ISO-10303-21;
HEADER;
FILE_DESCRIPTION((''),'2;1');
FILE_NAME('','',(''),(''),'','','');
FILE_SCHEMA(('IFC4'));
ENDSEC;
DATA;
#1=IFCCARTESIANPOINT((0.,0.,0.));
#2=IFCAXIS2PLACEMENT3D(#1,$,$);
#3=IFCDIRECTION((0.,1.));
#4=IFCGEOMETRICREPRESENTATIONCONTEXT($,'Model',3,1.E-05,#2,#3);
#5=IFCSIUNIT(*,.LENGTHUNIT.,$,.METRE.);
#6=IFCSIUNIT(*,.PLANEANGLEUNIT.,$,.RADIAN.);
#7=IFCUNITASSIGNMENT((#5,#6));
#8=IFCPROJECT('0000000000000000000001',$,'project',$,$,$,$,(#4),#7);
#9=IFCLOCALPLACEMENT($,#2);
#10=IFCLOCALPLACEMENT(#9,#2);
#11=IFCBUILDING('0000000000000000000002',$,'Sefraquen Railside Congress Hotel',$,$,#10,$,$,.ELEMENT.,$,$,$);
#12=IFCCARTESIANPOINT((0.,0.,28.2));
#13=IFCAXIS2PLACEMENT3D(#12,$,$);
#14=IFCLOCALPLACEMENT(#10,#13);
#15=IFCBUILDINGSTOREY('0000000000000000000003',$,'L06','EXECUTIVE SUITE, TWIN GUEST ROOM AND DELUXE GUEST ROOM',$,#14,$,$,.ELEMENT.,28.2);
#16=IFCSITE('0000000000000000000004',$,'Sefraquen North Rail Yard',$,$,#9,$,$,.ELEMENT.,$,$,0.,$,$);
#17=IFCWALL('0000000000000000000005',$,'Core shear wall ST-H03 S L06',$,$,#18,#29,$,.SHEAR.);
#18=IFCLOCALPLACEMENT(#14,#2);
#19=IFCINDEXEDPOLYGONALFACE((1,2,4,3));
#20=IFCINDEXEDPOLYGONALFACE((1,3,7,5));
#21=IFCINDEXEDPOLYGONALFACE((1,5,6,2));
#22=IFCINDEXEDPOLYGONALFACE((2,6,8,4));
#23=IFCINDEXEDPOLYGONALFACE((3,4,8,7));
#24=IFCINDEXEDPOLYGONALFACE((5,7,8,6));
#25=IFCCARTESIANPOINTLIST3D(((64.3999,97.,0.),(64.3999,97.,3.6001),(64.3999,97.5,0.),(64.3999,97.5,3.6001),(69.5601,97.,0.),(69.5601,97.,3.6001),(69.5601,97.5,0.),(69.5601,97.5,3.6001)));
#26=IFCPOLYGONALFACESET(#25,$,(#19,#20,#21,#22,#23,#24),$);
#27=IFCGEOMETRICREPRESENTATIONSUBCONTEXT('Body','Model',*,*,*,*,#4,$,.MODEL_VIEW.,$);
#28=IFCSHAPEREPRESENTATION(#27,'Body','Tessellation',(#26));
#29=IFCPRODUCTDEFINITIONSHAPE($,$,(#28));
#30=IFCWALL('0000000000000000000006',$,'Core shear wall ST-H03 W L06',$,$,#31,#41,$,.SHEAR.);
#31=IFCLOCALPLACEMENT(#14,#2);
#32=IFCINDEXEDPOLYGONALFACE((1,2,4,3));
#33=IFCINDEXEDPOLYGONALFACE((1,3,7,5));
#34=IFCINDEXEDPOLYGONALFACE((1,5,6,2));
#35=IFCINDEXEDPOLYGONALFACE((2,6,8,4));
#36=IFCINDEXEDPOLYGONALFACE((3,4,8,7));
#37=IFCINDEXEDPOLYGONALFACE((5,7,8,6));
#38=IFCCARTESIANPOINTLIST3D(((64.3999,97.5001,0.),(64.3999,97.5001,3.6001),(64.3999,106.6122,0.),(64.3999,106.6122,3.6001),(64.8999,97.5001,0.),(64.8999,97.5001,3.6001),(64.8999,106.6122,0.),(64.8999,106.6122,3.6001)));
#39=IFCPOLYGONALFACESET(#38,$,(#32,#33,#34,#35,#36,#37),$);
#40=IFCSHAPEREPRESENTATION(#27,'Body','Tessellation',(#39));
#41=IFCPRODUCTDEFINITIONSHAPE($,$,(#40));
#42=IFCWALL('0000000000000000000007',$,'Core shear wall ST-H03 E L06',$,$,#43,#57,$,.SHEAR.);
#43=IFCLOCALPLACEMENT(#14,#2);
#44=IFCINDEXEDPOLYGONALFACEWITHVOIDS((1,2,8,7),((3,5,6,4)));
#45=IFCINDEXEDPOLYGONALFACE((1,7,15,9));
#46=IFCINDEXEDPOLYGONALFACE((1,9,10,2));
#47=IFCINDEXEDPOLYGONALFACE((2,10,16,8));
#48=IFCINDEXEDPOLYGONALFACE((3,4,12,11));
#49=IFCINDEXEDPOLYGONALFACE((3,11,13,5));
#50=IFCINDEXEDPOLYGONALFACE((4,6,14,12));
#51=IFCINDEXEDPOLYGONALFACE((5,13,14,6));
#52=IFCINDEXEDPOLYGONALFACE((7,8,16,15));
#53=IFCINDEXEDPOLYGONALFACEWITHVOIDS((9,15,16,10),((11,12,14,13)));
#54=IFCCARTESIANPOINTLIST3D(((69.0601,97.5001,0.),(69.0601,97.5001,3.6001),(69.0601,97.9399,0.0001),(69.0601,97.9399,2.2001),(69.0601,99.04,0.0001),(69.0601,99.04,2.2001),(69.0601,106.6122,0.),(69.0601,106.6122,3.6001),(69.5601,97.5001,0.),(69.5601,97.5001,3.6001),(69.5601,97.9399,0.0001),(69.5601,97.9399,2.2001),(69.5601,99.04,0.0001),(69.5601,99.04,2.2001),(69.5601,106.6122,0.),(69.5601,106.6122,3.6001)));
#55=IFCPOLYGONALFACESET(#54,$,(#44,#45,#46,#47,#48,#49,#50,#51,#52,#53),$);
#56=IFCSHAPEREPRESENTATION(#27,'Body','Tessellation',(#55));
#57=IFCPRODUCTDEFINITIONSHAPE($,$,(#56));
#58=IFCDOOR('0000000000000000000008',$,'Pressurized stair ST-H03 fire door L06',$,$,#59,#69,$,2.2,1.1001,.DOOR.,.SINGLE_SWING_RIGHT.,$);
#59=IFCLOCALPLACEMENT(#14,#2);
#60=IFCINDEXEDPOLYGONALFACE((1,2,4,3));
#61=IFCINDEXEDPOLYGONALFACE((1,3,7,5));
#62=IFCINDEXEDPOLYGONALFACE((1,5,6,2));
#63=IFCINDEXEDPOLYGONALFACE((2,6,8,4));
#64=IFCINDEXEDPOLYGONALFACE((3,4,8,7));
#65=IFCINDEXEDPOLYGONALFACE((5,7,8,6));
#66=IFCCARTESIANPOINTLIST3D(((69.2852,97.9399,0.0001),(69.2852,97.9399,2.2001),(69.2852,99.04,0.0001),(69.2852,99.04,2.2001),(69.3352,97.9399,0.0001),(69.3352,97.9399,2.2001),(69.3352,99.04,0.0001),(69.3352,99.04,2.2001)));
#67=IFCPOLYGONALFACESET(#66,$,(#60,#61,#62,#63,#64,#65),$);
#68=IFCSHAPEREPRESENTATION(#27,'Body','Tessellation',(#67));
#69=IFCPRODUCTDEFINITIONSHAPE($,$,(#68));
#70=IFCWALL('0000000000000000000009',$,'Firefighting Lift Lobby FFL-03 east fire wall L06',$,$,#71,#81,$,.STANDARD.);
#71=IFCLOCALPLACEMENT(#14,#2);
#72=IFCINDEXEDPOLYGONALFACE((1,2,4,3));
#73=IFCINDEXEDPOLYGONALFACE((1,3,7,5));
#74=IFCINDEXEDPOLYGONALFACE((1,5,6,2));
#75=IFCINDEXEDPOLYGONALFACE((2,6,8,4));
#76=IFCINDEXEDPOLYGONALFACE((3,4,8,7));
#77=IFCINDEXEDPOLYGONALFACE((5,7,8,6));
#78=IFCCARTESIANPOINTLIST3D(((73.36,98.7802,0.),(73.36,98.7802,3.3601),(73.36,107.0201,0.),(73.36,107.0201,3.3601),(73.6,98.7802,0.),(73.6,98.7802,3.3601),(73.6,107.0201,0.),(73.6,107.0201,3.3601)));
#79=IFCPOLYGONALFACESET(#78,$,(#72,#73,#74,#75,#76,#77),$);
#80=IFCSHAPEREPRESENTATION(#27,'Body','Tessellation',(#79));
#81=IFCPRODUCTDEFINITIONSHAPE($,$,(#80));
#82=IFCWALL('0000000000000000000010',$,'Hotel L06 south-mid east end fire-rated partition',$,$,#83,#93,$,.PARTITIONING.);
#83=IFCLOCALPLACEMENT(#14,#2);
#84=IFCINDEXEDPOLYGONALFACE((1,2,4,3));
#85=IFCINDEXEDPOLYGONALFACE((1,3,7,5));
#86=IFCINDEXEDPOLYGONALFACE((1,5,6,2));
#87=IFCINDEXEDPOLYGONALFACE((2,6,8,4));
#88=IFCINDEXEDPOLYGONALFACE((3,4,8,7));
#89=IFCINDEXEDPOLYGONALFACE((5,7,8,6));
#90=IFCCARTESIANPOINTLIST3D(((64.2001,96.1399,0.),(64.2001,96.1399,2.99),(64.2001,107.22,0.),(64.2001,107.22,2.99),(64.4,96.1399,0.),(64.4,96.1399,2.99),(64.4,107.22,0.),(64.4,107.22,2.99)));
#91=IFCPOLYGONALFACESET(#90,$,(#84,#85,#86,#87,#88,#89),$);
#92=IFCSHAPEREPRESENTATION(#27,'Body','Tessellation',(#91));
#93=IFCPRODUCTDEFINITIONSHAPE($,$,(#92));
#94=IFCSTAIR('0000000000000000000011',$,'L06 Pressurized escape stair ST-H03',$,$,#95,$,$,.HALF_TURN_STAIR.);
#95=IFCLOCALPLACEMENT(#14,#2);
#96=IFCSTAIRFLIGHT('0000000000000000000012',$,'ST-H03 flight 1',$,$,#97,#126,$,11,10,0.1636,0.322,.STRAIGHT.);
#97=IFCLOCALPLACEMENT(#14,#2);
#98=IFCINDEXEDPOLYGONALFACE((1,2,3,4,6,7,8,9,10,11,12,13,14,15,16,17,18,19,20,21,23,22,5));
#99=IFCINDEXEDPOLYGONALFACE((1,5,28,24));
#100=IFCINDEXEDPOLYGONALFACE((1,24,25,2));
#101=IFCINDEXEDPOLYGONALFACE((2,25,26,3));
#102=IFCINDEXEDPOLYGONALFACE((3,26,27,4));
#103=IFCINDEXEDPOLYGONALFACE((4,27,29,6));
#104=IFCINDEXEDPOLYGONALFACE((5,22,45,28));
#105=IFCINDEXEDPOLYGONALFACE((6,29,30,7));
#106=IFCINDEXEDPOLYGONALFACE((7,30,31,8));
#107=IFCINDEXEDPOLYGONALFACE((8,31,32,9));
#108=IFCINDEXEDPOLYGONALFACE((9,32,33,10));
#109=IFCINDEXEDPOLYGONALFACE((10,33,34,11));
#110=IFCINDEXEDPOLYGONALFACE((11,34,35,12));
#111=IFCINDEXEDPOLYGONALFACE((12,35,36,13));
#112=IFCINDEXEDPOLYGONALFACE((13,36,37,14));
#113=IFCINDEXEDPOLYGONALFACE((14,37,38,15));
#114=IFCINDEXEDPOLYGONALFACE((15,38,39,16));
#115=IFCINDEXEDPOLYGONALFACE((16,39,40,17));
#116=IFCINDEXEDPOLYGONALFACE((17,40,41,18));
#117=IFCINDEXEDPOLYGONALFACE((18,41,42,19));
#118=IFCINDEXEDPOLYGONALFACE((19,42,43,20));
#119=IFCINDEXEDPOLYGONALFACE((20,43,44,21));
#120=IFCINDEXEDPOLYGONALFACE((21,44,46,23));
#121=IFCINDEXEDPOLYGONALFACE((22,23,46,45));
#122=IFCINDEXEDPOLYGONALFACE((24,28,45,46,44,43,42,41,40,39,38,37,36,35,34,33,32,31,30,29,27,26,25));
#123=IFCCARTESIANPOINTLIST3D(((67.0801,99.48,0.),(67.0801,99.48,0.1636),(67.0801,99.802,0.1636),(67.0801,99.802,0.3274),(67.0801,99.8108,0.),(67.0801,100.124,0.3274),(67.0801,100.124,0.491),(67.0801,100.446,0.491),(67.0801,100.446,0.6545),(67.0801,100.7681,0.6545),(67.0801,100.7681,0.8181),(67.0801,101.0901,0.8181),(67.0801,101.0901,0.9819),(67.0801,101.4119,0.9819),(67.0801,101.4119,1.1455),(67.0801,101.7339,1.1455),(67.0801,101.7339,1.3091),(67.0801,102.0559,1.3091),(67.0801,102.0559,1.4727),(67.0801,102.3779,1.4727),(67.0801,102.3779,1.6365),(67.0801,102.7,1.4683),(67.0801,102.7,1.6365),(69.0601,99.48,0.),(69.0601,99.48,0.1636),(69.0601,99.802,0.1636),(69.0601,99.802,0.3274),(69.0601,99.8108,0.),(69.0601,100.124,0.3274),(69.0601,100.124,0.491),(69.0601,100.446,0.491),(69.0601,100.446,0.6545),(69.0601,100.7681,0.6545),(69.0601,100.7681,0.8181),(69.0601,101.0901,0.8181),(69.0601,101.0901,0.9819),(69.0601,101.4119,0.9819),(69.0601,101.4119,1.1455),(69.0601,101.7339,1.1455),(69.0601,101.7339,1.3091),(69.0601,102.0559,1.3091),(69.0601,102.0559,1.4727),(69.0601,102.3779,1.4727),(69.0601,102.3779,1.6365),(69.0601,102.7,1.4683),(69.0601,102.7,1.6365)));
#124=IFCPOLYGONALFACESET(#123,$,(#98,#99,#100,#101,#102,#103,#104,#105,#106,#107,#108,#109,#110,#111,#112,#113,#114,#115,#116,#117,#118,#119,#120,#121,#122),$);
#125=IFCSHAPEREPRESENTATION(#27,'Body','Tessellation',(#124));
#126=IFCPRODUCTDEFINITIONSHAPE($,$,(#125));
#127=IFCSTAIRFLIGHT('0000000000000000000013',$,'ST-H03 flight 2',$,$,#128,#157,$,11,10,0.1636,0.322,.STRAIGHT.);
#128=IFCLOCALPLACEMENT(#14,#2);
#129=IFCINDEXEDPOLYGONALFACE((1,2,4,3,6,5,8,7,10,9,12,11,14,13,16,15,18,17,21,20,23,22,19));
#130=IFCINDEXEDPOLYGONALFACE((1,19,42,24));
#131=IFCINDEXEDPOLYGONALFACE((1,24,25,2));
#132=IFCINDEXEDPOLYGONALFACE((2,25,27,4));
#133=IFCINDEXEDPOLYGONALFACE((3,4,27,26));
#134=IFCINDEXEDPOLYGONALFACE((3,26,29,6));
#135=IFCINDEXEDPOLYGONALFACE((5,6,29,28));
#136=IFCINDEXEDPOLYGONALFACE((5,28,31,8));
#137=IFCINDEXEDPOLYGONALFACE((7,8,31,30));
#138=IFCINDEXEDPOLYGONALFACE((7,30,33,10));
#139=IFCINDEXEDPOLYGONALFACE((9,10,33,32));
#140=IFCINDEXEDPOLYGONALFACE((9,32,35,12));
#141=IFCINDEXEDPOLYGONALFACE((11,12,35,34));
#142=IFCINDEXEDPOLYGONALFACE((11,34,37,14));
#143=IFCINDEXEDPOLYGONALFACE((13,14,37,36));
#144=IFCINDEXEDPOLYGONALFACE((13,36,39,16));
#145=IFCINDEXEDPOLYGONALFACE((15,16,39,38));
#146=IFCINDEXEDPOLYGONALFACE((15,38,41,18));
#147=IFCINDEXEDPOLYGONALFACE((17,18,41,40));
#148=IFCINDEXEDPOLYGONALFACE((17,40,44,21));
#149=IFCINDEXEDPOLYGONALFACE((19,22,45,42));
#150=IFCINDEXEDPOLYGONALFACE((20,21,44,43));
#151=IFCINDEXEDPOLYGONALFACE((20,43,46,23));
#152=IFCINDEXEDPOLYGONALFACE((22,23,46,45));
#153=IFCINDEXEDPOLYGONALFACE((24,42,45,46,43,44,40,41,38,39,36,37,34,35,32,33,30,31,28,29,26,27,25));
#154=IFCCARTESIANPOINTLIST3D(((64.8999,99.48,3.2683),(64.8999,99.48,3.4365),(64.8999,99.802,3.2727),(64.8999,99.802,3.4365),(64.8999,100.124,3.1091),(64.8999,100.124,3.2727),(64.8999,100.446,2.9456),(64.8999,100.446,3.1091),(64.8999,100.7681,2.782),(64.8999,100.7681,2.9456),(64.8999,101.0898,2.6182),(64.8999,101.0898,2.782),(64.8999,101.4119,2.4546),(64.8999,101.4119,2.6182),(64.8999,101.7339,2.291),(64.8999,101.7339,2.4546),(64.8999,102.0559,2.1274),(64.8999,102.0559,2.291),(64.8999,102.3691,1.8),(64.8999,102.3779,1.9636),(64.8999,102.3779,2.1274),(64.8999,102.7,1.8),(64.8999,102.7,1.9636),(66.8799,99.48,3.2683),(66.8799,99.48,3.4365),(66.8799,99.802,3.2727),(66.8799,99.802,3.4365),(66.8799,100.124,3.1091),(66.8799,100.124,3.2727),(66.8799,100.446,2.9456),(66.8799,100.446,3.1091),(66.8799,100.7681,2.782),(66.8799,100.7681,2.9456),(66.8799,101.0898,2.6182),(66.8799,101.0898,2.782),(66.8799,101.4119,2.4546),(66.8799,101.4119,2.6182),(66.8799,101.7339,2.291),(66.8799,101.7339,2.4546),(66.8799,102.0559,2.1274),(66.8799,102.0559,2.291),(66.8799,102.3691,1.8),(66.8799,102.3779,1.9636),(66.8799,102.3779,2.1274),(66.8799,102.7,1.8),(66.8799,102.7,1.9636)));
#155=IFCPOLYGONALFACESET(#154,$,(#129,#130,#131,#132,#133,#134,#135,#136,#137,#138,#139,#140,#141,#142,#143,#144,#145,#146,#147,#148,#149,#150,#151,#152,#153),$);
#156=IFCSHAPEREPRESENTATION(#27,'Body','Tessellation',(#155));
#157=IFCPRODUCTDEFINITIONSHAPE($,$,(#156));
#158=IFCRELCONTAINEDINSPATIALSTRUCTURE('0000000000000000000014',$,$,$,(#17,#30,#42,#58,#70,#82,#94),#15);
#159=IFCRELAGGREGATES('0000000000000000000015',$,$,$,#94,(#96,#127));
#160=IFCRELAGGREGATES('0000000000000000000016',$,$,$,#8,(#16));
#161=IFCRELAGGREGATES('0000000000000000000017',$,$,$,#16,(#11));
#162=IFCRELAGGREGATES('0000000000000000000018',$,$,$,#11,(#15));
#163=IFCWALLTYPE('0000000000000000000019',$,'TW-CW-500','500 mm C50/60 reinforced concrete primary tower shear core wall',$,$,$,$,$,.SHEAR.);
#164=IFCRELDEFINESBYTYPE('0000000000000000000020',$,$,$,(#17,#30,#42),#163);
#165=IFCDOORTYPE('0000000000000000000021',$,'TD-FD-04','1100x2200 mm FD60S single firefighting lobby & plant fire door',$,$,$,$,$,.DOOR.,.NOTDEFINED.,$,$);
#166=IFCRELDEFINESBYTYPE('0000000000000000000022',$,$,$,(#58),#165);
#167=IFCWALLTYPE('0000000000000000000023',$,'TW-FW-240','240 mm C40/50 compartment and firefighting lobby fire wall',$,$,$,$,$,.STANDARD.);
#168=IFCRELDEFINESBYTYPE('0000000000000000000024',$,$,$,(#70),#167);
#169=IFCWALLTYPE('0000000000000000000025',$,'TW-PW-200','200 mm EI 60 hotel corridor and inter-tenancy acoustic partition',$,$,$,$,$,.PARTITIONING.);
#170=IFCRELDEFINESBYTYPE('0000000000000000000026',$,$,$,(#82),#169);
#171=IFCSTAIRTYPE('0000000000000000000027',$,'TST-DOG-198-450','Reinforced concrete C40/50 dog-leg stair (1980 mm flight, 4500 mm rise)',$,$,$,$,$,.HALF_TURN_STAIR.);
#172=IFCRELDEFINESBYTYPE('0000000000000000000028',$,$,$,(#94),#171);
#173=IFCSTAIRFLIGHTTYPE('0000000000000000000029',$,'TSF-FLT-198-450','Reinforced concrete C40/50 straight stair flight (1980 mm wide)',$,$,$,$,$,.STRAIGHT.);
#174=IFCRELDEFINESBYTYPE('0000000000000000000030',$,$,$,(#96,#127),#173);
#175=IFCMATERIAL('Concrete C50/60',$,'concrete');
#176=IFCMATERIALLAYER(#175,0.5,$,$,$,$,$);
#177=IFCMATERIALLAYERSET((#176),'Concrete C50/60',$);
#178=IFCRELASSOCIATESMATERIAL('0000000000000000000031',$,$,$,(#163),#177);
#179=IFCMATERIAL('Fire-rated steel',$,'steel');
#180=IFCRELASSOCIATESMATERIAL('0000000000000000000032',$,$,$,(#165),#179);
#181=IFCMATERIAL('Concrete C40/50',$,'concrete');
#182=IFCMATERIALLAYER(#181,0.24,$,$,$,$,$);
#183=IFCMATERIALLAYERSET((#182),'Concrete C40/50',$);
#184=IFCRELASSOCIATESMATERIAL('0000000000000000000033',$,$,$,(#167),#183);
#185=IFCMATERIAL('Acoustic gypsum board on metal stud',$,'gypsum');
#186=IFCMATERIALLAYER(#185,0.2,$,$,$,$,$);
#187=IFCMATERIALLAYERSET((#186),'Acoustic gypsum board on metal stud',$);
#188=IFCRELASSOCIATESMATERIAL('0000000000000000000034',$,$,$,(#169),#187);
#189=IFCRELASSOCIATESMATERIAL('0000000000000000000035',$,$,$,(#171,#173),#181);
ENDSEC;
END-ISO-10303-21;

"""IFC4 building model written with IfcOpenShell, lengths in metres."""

from ifc_helpers import new_model, si_unit, direction, frame, frame_2d, origin, place, context, subcontext, project, spatial, polyline, rectangle, outline, extrude, material, layer, layer_set, type_object, element, fill, aggregate, save


model = new_model("IFC4")

# Units and contexts
model_context = context("Model", 3, precision=1e-05, world=origin(), true_north=direction((0.0, 1.0)))
body_context = subcontext(model_context, "Body", "Model", "MODEL_VIEW")
ifc_project = project(units=[si_unit("LENGTHUNIT", "METRE"), si_unit("PLANEANGLEUNIT", "RADIAN")], contexts=[model_context])

# Site, building, storey
site_placement = place(None, origin())
site = spatial("IfcSite", under=ifc_project, at=site_placement, Name="Sefraquen North Rail Yard", CompositionType="ELEMENT", RefElevation=0.0)
building_placement = place(site_placement, origin())
building = spatial("IfcBuilding", under=site, at=building_placement, Name="Sefraquen Railside Congress Hotel", CompositionType="ELEMENT")
storey_placement = place(building_placement, frame((0.0, 0.0, 28.2)))
storey = spatial("IfcBuildingStorey", under=building, at=storey_placement, Name="L06", Description="EXECUTIVE SUITE, TWIN GUEST ROOM AND DELUXE GUEST ROOM", CompositionType="ELEMENT", Elevation=28.2)

# Shared definitions
ifc_material_1 = material(Name="Concrete C50/60", Category="concrete")

# Walls
ifc_layer_1 = layer(ifc_material_1, 0.5)
ifc_layer_set_1 = layer_set([ifc_layer_1], Name="Concrete C50/60")
wall_type_1 = type_object("IfcWallType", Name="TW-CW-500", Description="500 mm C50/60 reinforced concrete primary tower shear core wall", PredefinedType="SHEAR", material=ifc_layer_set_1)
wall_1_placement = place(storey_placement, frame((64.3999, 97.25, 0.0), z_axis=(0.0, 0.0, 1.0), x_axis=(1.0, 0.0, 0.0)))
element("IfcWall", 1, at=wall_1_placement, inside=storey, type_object=wall_type_1, Name="Core shear wall ST-H03 S L06", PredefinedType="SHEAR", context=body_context, shape_type="SweptSolid", body=[
    extrude(rectangle(XDim=5.1602, YDim=0.5, at=frame_2d((2.5801, 0.0))), origin(), (0.0, 0.0, 1.0), 3.6001),
])
wall_2_placement = place(storey_placement, frame((64.6499, 97.5, 0.0), z_axis=(0.0, 0.0, 1.0), x_axis=(0.0, 1.0, 0.0)))
element("IfcWall", 2, at=wall_2_placement, inside=storey, type_object=wall_type_1, Name="Core shear wall ST-H03 W L06", PredefinedType="SHEAR", context=body_context, shape_type="SweptSolid", body=[
    extrude(rectangle(XDim=9.1121, YDim=0.5, at=frame_2d((4.5562, 0.0))), origin(), (0.0, 0.0, 1.0), 3.6001),
])

# Wall, opening, door
wall_3_placement = place(storey_placement, frame((69.3101, 97.5, 0.0), z_axis=(0.0, 0.0, 1.0), x_axis=(0.0, 1.0, 0.0)))
wall_3 = element("IfcWall", 3, at=wall_3_placement, inside=storey, type_object=wall_type_1, Name="Core shear wall ST-H03 E L06", PredefinedType="SHEAR", context=body_context, shape_type="SweptSolid", body=[
    extrude(rectangle(XDim=9.1121, YDim=0.5, at=frame_2d((4.5562, 0.0))), origin(), (0.0, 0.0, 1.0), 3.6001),
])
opening_1_placement = place(wall_3_placement, frame((0.4399, 0.0, 0.0)))
opening_1 = element("IfcOpeningElement", 4, at=opening_1_placement, cuts=wall_3, PredefinedType="OPENING", context=body_context, shape_type="SweptSolid", body=[
    extrude(rectangle(XDim=1.1001, YDim=2.2, at=frame_2d((0.55, 1.1001))), frame((0.0, 0.26, 0.0), z_axis=(0.0, -1.0, 0.0), x_axis=(1.0, 0.0, 0.0)), (0.0, 0.0, 1.0), 0.52),
])
ifc_material_2 = material(Name="Fire-rated steel", Category="steel")
door_type_1 = type_object("IfcDoorType", Name="TD-FD-04", Description="1100x2200 mm FD60S single firefighting lobby & plant fire door", OperationType="NOTDEFINED", PredefinedType="DOOR", material=ifc_material_2)
door_1_placement = place(opening_1_placement, origin())
door_1 = element("IfcDoor", 5, at=door_1_placement, inside=storey, type_object=door_type_1, Name="Pressurized stair ST-H03 fire door L06", OperationType="SINGLE_SWING_RIGHT", OverallHeight=2.2, OverallWidth=1.1001, PredefinedType="DOOR", context=body_context, shape_type="SweptSolid", body=[
    extrude(rectangle(XDim=1.1001, YDim=2.2, at=frame_2d((0.55, 1.1001))), frame((0.0, 0.0249, 0.0), z_axis=(0.0, -1.0, 0.0), x_axis=(1.0, 0.0, 0.0)), (0.0, 0.0, 1.0), 0.05),
])
fill(opening_1, door_1)

# Walls
ifc_material_3 = material(Name="Concrete C40/50", Category="concrete")
ifc_layer_2 = layer(ifc_material_3, 0.24)
ifc_layer_set_2 = layer_set([ifc_layer_2], Name="Concrete C40/50")
wall_type_2 = type_object("IfcWallType", Name="TW-FW-240", Description="240 mm C40/50 compartment and firefighting lobby fire wall", PredefinedType="STANDARD", material=ifc_layer_set_2)
wall_4_placement = place(storey_placement, frame((73.48, 98.78, 0.0), z_axis=(0.0, 0.0, 1.0), x_axis=(0.0, 1.0, 0.0)))
element("IfcWall", 6, at=wall_4_placement, inside=storey, type_object=wall_type_2, Name="Firefighting Lift Lobby FFL-03 east fire wall L06", PredefinedType="STANDARD", context=body_context, shape_type="SweptSolid", body=[
    extrude(rectangle(XDim=8.24, YDim=0.24, at=frame_2d((4.1201, 0.0))), origin(), (0.0, 0.0, 1.0), 3.3601),
])
ifc_material_4 = material(Name="Acoustic gypsum board on metal stud", Category="gypsum")
ifc_layer_3 = layer(ifc_material_4, 0.2)
ifc_layer_set_3 = layer_set([ifc_layer_3], Name="Acoustic gypsum board on metal stud")
wall_type_3 = type_object("IfcWallType", Name="TW-PW-200", Description="200 mm EI 60 hotel corridor and inter-tenancy acoustic partition", PredefinedType="PARTITIONING", material=ifc_layer_set_3)
wall_5_placement = place(storey_placement, frame((64.3, 96.1399, 0.0), z_axis=(0.0, 0.0, 1.0), x_axis=(0.0, 1.0, 0.0)))
element("IfcWall", 7, at=wall_5_placement, inside=storey, type_object=wall_type_3, Name="Hotel L06 south-mid east end fire-rated partition", PredefinedType="PARTITIONING", context=body_context, shape_type="SweptSolid", body=[
    extrude(rectangle(XDim=11.0801, YDim=0.2, at=frame_2d((5.54, 0.0))), origin(), (0.0, 0.0, 1.0), 2.99),
])

# Stair, stair flights
stair_type = type_object("IfcStairType", Name="TST-DOG-198-450", Description="Reinforced concrete C40/50 dog-leg stair (1980 mm flight, 4500 mm rise)", PredefinedType="HALF_TURN_STAIR", material=ifc_material_3)
stair_placement = place(storey_placement, origin())
stair = element("IfcStair", 8, at=stair_placement, inside=storey, type_object=stair_type, Name="L06 Pressurized escape stair ST-H03", PredefinedType="HALF_TURN_STAIR")
stair_flight_type = type_object("IfcStairFlightType", Name="TSF-FLT-198-450", Description="Reinforced concrete C40/50 straight stair flight (1980 mm wide)", PredefinedType="STRAIGHT", material=ifc_material_3)
stair_flight_1_placement = place(storey_placement, frame((68.0701, 99.48, 0.0), z_axis=(0.0, 0.0, 1.0), x_axis=(0.0, 1.0, 0.0)))
stair_flight_1 = element("IfcStairFlight", 9, at=stair_flight_1_placement, type_object=stair_flight_type, Name="ST-H03 flight 1", NumberOfRisers=11, NumberOfTreads=10, PredefinedType="STRAIGHT", RiserHeight=0.1636, TreadLength=0.322, context=body_context, shape_type="SweptSolid", body=[
    extrude(outline(polyline([(0.0, 0.0), (0.0, 0.1636), (0.322, 0.1636), (0.322, 0.3274), (0.644, 0.3274), (0.644, 0.491), (0.9661, 0.491), (0.9661, 0.6545), (1.2881, 0.6545), (1.2881, 0.8181), (1.6101, 0.8181), (1.6101, 0.9819), (1.9319, 0.9819), (1.9319, 1.1455), (2.2539, 1.1455), (2.2539, 1.3091), (2.5759, 1.3091), (2.5759, 1.4727), (2.8979, 1.4727), (2.8979, 1.6365), (3.22, 1.6365), (3.22, 1.8), (3.22, 1.4683), (0.3308, 0.0), (0.0, 0.0)])), frame((0.0, 0.99, 0.0), z_axis=(0.0, -1.0, 0.0), x_axis=(1.0, 0.0, 0.0)), (0.0, 0.0, 1.0), 1.98),
])
stair_flight_2_placement = place(storey_placement, frame((65.8899, 102.7, 1.8), z_axis=(0.0, 0.0, 1.0), x_axis=(0.0, -1.0, 0.0)))
stair_flight_2 = element("IfcStairFlight", 10, at=stair_flight_2_placement, type_object=stair_flight_type, Name="ST-H03 flight 2", NumberOfRisers=11, NumberOfTreads=10, PredefinedType="STRAIGHT", RiserHeight=0.1636, TreadLength=0.322, context=body_context, shape_type="SweptSolid", body=[
    extrude(outline(polyline([(0.0, 0.0), (0.0, 0.1636), (0.322, 0.1636), (0.322, 0.3274), (0.644, 0.3274), (0.644, 0.491), (0.9661, 0.491), (0.9661, 0.6545), (1.2881, 0.6545), (1.2881, 0.8181), (1.6101, 0.8181), (1.6101, 0.9819), (1.9319, 0.9819), (1.9319, 1.1455), (2.2539, 1.1455), (2.2539, 1.3091), (2.5759, 1.3091), (2.5759, 1.4727), (2.8979, 1.4727), (2.8979, 1.6365), (3.22, 1.6365), (3.22, 1.8), (3.22, 1.4683), (0.3308, 0.0), (0.0, 0.0)])), frame((0.0, 0.99, 0.0), z_axis=(0.0, -1.0, 0.0), x_axis=(1.0, 0.0, 0.0)), (0.0, 0.0, 1.0), 1.98),
])
aggregate(stair, [stair_flight_1, stair_flight_2])

save(model, "model.ifc")
